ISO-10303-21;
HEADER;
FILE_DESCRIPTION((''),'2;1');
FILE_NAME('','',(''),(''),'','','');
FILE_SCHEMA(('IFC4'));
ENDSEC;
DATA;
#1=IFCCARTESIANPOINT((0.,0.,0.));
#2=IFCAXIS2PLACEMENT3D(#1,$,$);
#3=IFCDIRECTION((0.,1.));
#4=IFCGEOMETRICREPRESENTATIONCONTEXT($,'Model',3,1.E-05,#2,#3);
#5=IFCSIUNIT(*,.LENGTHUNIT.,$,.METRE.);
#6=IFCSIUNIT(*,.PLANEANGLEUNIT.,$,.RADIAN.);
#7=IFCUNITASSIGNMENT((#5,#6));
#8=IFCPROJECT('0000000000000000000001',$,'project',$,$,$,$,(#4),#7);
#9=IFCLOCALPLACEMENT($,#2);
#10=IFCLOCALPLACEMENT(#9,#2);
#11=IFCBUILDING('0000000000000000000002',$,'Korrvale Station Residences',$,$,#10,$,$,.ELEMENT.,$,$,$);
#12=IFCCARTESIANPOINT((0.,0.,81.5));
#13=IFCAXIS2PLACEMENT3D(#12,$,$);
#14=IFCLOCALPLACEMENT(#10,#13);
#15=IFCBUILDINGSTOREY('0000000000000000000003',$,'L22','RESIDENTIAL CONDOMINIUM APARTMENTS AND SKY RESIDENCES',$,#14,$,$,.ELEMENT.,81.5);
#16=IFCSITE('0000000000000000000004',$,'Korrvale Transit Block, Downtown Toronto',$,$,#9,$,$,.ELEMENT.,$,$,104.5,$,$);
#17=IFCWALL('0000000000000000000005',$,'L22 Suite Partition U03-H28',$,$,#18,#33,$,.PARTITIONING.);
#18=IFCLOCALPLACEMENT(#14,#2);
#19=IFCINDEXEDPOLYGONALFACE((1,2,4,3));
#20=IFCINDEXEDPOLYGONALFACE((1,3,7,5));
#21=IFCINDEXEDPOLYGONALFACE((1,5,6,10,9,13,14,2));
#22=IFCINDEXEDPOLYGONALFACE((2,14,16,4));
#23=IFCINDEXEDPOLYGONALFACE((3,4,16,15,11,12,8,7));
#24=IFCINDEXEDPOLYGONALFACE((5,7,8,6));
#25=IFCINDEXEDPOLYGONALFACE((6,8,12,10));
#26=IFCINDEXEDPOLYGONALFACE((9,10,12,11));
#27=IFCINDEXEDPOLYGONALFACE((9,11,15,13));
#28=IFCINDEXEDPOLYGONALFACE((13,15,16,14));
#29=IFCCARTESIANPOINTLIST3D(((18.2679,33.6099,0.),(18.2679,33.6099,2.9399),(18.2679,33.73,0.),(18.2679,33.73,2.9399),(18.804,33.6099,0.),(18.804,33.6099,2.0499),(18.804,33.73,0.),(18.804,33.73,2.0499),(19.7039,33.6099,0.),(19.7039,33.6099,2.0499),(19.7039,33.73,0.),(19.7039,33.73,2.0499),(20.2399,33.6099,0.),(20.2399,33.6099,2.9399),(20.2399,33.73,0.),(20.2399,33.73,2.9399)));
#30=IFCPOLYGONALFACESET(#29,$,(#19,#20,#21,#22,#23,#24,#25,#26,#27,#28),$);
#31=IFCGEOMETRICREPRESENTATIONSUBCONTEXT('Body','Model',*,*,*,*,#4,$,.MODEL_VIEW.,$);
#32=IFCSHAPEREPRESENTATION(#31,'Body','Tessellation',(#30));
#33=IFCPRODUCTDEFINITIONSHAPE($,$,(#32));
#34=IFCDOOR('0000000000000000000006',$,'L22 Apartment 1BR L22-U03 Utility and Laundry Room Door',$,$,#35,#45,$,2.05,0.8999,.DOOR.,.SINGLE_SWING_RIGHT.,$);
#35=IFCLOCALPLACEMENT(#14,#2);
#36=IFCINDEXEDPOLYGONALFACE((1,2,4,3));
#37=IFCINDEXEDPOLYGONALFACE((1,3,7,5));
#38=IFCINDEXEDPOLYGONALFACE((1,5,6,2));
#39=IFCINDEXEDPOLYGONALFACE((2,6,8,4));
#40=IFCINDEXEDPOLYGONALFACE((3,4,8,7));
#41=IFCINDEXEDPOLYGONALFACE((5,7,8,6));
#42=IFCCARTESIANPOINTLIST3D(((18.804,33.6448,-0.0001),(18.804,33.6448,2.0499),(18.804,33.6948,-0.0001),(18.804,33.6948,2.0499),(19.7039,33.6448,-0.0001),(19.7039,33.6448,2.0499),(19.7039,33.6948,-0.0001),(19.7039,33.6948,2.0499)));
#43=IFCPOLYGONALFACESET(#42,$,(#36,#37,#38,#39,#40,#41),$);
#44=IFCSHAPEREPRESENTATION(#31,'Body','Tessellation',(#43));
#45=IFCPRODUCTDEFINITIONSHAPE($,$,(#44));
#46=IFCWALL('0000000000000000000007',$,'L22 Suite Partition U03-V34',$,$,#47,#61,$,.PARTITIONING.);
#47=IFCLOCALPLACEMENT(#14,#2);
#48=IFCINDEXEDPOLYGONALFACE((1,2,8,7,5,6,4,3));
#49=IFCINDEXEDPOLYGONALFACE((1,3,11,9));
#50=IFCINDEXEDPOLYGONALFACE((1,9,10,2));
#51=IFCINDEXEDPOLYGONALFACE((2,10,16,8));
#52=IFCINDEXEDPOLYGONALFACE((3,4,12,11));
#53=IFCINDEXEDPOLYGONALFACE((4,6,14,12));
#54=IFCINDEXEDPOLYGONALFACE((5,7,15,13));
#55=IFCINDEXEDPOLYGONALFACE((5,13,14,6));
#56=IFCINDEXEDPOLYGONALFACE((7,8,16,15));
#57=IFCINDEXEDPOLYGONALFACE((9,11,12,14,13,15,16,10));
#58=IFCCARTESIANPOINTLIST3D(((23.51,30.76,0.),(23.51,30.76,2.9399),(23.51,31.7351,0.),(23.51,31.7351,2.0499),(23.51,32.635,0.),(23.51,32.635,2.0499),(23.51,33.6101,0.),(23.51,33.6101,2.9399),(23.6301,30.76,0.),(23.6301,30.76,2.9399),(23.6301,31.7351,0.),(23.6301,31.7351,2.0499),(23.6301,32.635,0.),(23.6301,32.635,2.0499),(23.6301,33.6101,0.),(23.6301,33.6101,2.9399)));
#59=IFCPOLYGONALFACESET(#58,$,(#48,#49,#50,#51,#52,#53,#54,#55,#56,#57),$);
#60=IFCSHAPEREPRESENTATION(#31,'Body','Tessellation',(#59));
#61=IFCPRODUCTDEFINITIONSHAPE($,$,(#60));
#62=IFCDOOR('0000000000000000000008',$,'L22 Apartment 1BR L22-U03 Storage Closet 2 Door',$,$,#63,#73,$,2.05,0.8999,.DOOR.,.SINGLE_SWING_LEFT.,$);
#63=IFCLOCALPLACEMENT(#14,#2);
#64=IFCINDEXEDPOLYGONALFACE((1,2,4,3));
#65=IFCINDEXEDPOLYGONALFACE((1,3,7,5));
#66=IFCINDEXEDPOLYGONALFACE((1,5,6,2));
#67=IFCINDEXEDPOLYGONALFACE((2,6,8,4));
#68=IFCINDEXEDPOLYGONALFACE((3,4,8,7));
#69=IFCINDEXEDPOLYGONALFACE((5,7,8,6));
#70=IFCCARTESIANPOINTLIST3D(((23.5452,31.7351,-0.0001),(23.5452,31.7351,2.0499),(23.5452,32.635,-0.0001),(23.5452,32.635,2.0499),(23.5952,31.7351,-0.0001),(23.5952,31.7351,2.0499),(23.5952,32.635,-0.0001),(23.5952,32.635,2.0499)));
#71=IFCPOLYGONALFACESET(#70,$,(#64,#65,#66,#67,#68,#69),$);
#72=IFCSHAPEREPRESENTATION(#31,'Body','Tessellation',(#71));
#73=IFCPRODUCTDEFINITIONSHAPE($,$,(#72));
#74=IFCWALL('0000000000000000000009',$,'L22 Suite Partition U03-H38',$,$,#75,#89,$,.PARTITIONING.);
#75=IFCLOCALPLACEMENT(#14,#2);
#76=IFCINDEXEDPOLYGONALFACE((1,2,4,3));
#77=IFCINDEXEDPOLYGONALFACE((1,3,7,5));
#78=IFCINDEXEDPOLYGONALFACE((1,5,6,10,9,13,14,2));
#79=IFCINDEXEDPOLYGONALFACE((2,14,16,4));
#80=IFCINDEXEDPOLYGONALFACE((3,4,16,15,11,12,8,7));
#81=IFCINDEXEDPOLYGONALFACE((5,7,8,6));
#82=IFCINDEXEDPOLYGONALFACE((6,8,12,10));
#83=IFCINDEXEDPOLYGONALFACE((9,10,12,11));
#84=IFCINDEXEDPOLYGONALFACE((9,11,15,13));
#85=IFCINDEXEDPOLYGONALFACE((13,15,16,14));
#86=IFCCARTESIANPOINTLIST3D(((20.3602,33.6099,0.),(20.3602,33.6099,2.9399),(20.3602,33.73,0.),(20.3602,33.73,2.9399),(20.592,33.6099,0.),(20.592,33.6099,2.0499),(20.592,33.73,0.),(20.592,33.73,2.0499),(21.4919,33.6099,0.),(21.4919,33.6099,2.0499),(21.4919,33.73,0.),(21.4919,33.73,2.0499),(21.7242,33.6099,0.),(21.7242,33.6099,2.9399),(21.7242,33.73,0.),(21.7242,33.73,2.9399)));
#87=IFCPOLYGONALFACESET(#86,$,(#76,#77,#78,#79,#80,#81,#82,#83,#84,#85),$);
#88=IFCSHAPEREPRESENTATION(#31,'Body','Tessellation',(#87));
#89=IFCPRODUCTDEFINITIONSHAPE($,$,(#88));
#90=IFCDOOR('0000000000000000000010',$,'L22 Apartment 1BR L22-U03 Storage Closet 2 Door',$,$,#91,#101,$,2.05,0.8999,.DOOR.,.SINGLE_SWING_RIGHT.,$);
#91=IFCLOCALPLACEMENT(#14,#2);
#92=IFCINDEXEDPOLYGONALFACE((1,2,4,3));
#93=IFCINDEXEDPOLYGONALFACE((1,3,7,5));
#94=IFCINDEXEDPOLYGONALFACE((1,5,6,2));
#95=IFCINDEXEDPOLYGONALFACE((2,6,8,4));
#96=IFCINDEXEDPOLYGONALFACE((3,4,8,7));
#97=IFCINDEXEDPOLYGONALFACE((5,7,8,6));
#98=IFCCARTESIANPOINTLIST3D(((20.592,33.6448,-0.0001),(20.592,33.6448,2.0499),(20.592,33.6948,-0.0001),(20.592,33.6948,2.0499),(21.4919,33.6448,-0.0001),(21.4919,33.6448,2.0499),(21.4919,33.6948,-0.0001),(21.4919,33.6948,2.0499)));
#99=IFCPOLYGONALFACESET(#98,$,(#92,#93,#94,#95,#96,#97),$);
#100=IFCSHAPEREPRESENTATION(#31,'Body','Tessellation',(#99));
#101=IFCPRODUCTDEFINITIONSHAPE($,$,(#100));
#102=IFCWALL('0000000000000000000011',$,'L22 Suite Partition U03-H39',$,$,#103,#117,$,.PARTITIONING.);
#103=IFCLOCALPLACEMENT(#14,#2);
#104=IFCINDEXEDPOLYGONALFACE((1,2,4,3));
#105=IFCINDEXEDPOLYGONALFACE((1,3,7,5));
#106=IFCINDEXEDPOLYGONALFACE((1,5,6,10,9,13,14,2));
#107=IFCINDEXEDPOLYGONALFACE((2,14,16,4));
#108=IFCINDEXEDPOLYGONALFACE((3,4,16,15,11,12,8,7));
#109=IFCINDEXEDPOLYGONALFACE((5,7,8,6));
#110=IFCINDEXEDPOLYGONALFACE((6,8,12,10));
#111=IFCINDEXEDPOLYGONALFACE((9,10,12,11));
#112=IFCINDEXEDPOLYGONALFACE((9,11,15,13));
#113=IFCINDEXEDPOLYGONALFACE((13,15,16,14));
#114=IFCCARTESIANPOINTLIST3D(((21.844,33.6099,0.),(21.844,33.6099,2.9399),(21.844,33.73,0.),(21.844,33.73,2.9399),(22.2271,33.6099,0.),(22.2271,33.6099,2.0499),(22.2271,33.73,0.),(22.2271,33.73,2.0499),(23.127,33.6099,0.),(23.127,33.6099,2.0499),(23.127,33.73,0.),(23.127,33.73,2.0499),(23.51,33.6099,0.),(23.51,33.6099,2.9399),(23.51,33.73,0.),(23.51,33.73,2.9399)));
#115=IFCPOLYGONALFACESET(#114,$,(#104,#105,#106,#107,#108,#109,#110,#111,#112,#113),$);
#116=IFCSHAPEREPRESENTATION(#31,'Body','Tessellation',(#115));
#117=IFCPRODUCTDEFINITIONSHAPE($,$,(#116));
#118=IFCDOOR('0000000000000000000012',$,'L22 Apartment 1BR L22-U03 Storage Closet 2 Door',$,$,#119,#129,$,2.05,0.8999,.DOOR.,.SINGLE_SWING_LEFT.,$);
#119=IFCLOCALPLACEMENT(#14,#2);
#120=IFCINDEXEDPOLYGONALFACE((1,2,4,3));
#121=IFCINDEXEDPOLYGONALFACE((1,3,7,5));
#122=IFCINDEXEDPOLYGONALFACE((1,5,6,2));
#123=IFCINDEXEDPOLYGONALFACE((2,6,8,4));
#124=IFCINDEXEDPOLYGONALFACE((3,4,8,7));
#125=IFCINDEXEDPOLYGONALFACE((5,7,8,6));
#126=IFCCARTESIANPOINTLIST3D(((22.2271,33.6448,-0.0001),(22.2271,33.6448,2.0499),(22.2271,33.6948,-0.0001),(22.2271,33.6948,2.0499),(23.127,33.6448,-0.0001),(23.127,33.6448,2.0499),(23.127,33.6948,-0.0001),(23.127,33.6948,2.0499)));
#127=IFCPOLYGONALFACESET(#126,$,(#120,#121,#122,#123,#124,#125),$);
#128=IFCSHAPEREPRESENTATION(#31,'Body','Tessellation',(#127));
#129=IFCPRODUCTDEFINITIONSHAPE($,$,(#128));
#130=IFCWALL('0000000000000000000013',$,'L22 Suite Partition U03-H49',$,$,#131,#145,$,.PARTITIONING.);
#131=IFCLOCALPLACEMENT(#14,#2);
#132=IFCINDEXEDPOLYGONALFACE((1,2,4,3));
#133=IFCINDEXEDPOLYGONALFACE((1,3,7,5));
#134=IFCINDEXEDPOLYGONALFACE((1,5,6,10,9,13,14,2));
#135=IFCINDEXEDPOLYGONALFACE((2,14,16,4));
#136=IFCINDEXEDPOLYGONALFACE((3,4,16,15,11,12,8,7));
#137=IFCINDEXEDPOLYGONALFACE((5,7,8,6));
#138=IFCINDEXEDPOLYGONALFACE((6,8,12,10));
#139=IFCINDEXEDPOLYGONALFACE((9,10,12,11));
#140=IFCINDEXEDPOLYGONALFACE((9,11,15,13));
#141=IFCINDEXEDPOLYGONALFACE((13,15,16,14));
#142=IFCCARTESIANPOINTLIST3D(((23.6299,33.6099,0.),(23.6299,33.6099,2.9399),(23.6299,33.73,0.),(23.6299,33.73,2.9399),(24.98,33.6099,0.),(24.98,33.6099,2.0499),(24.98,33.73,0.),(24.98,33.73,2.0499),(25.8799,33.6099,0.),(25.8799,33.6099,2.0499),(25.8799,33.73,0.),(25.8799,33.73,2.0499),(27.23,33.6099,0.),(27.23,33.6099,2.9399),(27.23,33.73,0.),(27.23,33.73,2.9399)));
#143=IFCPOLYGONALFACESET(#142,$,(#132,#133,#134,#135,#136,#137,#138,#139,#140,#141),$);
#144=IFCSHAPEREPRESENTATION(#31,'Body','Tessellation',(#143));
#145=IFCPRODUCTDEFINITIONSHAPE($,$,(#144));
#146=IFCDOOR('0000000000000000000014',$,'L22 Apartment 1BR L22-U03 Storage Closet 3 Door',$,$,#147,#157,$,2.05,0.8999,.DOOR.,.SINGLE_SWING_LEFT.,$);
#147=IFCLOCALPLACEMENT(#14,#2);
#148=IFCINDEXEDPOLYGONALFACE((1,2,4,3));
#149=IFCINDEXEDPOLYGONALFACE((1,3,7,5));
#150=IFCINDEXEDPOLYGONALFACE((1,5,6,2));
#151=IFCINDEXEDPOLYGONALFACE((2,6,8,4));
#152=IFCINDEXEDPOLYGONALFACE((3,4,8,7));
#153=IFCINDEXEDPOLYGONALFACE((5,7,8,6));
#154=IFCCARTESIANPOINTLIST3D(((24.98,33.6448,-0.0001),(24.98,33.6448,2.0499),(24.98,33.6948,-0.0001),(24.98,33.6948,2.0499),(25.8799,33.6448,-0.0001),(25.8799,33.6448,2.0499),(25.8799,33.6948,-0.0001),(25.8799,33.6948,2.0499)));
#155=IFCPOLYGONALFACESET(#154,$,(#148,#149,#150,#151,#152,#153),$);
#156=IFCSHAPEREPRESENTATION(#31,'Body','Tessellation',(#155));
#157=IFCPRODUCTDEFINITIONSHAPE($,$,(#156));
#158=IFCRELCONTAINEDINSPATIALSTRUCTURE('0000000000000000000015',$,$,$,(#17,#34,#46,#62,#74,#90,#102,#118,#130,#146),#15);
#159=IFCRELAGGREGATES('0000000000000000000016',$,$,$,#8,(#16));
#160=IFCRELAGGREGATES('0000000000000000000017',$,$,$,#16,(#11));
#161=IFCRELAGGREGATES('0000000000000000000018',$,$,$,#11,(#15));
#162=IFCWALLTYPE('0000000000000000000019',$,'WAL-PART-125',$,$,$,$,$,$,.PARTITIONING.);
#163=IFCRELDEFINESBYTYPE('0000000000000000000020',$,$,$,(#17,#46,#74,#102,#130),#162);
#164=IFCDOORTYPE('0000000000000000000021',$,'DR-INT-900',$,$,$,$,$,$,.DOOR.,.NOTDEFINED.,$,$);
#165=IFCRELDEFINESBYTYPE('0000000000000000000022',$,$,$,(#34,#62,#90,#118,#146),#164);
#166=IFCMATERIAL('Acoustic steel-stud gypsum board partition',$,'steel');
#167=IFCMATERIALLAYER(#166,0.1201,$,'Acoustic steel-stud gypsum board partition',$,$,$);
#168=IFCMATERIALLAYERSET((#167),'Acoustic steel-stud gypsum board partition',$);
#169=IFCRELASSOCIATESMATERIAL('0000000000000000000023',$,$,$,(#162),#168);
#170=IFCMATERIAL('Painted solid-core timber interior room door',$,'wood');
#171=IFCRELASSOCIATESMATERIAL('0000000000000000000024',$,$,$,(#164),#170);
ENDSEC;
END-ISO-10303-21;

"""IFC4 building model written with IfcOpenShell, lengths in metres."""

from ifc_helpers import new_model, si_unit, direction, frame, frame_2d, origin, place, context, subcontext, project, spatial, rectangle, extrude, material, layer, layer_set, type_object, element, fill, save


model = new_model("IFC4")

# Units and contexts
model_context = context("Model", 3, precision=1e-05, world=origin(), true_north=direction((0.0, 1.0)))
body_context = subcontext(model_context, "Body", "Model", "MODEL_VIEW")
ifc_project = project(units=[si_unit("LENGTHUNIT", "METRE"), si_unit("PLANEANGLEUNIT", "RADIAN")], contexts=[model_context])

# Site, building, storey
site_placement = place(None, origin())
site = spatial("IfcSite", under=ifc_project, at=site_placement, Name="Korrvale Transit Block, Downtown Toronto", CompositionType="ELEMENT", RefElevation=104.5)
building_placement = place(site_placement, origin())
building = spatial("IfcBuilding", under=site, at=building_placement, Name="Korrvale Station Residences", CompositionType="ELEMENT")
storey_placement = place(building_placement, frame((0.0, 0.0, 81.5)))
storey = spatial("IfcBuildingStorey", under=building, at=storey_placement, Name="L22", Description="RESIDENTIAL CONDOMINIUM APARTMENTS AND SKY RESIDENCES", CompositionType="ELEMENT", Elevation=81.5)

# Walls, openings, doors
ifc_material_1 = material(Name="Acoustic steel-stud gypsum board partition", Category="steel")
ifc_layer = layer(ifc_material_1, 0.1201, Name="Acoustic steel-stud gypsum board partition")
ifc_layer_set = layer_set([ifc_layer], Name="Acoustic steel-stud gypsum board partition")
wall_type = type_object("IfcWallType", Name="WAL-PART-125", PredefinedType="PARTITIONING", material=ifc_layer_set)
ifc_material_2 = material(Name="Painted solid-core timber interior room door", Category="wood")
door_type = type_object("IfcDoorType", Name="DR-INT-900", OperationType="NOTDEFINED", PredefinedType="DOOR", material=ifc_material_2)
wall_1_placement = place(storey_placement, frame((18.2681, 33.6699, 0.0), z_axis=(0.0, 0.0, 1.0), x_axis=(1.0, 0.0, 0.0)))
wall_1 = element("IfcWall", 1, at=wall_1_placement, inside=storey, type_object=wall_type, Name="L22 Suite Partition U03-H28", PredefinedType="PARTITIONING", context=body_context, shape_type="SweptSolid", body=[
    extrude(rectangle(XDim=1.9719, YDim=0.1201, at=frame_2d((0.9858, 0.0))), origin(), (0.0, 0.0, 1.0), 2.9399),
])
opening_1_placement = place(wall_1_placement, frame((0.5359, 0.0, 0.0)))
opening_1 = element("IfcOpeningElement", 2, at=opening_1_placement, cuts=wall_1, PredefinedType="OPENING", context=body_context, shape_type="SweptSolid", body=[
    extrude(rectangle(XDim=0.8999, YDim=2.05, at=frame_2d((0.45, 1.0249))), frame((0.0, 0.0701, 0.0), z_axis=(0.0, -1.0, 0.0), x_axis=(1.0, 0.0, 0.0)), (0.0, 0.0, 1.0), 0.1401),
])
door_1_placement = place(opening_1_placement, origin())
door_1 = element("IfcDoor", 3, at=door_1_placement, inside=storey, type_object=door_type, Name="L22 Apartment 1BR L22-U03 Utility and Laundry Room Door", OperationType="SINGLE_SWING_RIGHT", OverallHeight=2.05, OverallWidth=0.8999, PredefinedType="DOOR", context=body_context, shape_type="SweptSolid", body=[
    extrude(rectangle(XDim=0.8999, YDim=2.05, at=frame_2d((0.45, 1.0249))), frame((0.0, 0.0249, 0.0), z_axis=(0.0, -1.0, 0.0), x_axis=(1.0, 0.0, 0.0)), (0.0, 0.0, 1.0), 0.05),
])
fill(opening_1, door_1)
wall_2_placement = place(storey_placement, frame((23.5701, 30.76, 0.0), z_axis=(0.0, 0.0, 1.0), x_axis=(0.0, 1.0, 0.0)))
wall_2 = element("IfcWall", 4, at=wall_2_placement, inside=storey, type_object=wall_type, Name="L22 Suite Partition U03-V34", PredefinedType="PARTITIONING", context=body_context, shape_type="SweptSolid", body=[
    extrude(rectangle(XDim=2.8501, YDim=0.1201, at=frame_2d((1.425, 0.0))), origin(), (0.0, 0.0, 1.0), 2.9399),
])
opening_2_placement = place(wall_2_placement, frame((0.9751, 0.0, 0.0)))
opening_2 = element("IfcOpeningElement", 5, at=opening_2_placement, cuts=wall_2, PredefinedType="OPENING", context=body_context, shape_type="SweptSolid", body=[
    extrude(rectangle(XDim=0.8999, YDim=2.05, at=frame_2d((0.45, 1.0249))), frame((0.0, 0.0701, 0.0), z_axis=(0.0, -1.0, 0.0), x_axis=(1.0, 0.0, 0.0)), (0.0, 0.0, 1.0), 0.1401),
])
door_2_placement = place(opening_2_placement, origin())
door_2 = element("IfcDoor", 6, at=door_2_placement, inside=storey, type_object=door_type, Name="L22 Apartment 1BR L22-U03 Storage Closet 2 Door", OperationType="SINGLE_SWING_LEFT", OverallHeight=2.05, OverallWidth=0.8999, PredefinedType="DOOR", context=body_context, shape_type="SweptSolid", body=[
    extrude(rectangle(XDim=0.8999, YDim=2.05, at=frame_2d((0.45, 1.0249))), frame((0.0, 0.0249, 0.0), z_axis=(0.0, -1.0, 0.0), x_axis=(1.0, 0.0, 0.0)), (0.0, 0.0, 1.0), 0.05),
])
fill(opening_2, door_2)
wall_3_placement = place(storey_placement, frame((20.3601, 33.6699, 0.0), z_axis=(0.0, 0.0, 1.0), x_axis=(1.0, 0.0, 0.0)))
wall_3 = element("IfcWall", 7, at=wall_3_placement, inside=storey, type_object=wall_type, Name="L22 Suite Partition U03-H38", PredefinedType="PARTITIONING", context=body_context, shape_type="SweptSolid", body=[
    extrude(rectangle(XDim=1.364, YDim=0.1201, at=frame_2d((0.6821, 0.0))), origin(), (0.0, 0.0, 1.0), 2.9399),
])
opening_3_placement = place(wall_3_placement, frame((0.2319, 0.0, 0.0)))
opening_3 = element("IfcOpeningElement", 8, at=opening_3_placement, cuts=wall_3, PredefinedType="OPENING", context=body_context, shape_type="SweptSolid", body=[
    extrude(rectangle(XDim=0.8999, YDim=2.05, at=frame_2d((0.45, 1.0249))), frame((0.0, 0.0701, 0.0), z_axis=(0.0, -1.0, 0.0), x_axis=(1.0, 0.0, 0.0)), (0.0, 0.0, 1.0), 0.1401),
])
door_3_placement = place(opening_3_placement, origin())
door_3 = element("IfcDoor", 9, at=door_3_placement, inside=storey, type_object=door_type, Name="L22 Apartment 1BR L22-U03 Storage Closet 2 Door", OperationType="SINGLE_SWING_RIGHT", OverallHeight=2.05, OverallWidth=0.8999, PredefinedType="DOOR", context=body_context, shape_type="SweptSolid", body=[
    extrude(rectangle(XDim=0.8999, YDim=2.05, at=frame_2d((0.45, 1.0249))), frame((0.0, 0.0249, 0.0), z_axis=(0.0, -1.0, 0.0), x_axis=(1.0, 0.0, 0.0)), (0.0, 0.0, 1.0), 0.05),
])
fill(opening_3, door_3)
wall_4_placement = place(storey_placement, frame((21.844, 33.6699, 0.0), z_axis=(0.0, 0.0, 1.0), x_axis=(1.0, 0.0, 0.0)))
wall_4 = element("IfcWall", 10, at=wall_4_placement, inside=storey, type_object=wall_type, Name="L22 Suite Partition U03-H39", PredefinedType="PARTITIONING", context=body_context, shape_type="SweptSolid", body=[
    extrude(rectangle(XDim=1.666, YDim=0.1201, at=frame_2d((0.833, 0.0))), origin(), (0.0, 0.0, 1.0), 2.9399),
])
opening_4_placement = place(wall_4_placement, frame((0.3831, 0.0, 0.0)))
opening_4 = element("IfcOpeningElement", 11, at=opening_4_placement, cuts=wall_4, PredefinedType="OPENING", context=body_context, shape_type="SweptSolid", body=[
    extrude(rectangle(XDim=0.8999, YDim=2.05, at=frame_2d((0.45, 1.0249))), frame((0.0, 0.0701, 0.0), z_axis=(0.0, -1.0, 0.0), x_axis=(1.0, 0.0, 0.0)), (0.0, 0.0, 1.0), 0.1401),
])
door_4_placement = place(opening_4_placement, origin())
door_4 = element("IfcDoor", 12, at=door_4_placement, inside=storey, type_object=door_type, Name="L22 Apartment 1BR L22-U03 Storage Closet 2 Door", OperationType="SINGLE_SWING_LEFT", OverallHeight=2.05, OverallWidth=0.8999, PredefinedType="DOOR", context=body_context, shape_type="SweptSolid", body=[
    extrude(rectangle(XDim=0.8999, YDim=2.05, at=frame_2d((0.45, 1.0249))), frame((0.0, 0.0249, 0.0), z_axis=(0.0, -1.0, 0.0), x_axis=(1.0, 0.0, 0.0)), (0.0, 0.0, 1.0), 0.05),
])
fill(opening_4, door_4)
wall_5_placement = place(storey_placement, frame((23.6299, 33.6699, 0.0), z_axis=(0.0, 0.0, 1.0), x_axis=(1.0, 0.0, 0.0)))
wall_5 = element("IfcWall", 13, at=wall_5_placement, inside=storey, type_object=wall_type, Name="L22 Suite Partition U03-H49", PredefinedType="PARTITIONING", context=body_context, shape_type="SweptSolid", body=[
    extrude(rectangle(XDim=3.6001, YDim=0.1201, at=frame_2d((1.8, 0.0))), origin(), (0.0, 0.0, 1.0), 2.9399),
])
opening_5_placement = place(wall_5_placement, frame((1.3501, 0.0, 0.0)))
opening_5 = element("IfcOpeningElement", 14, at=opening_5_placement, cuts=wall_5, PredefinedType="OPENING", context=body_context, shape_type="SweptSolid", body=[
    extrude(rectangle(XDim=0.8999, YDim=2.05, at=frame_2d((0.45, 1.0249))), frame((0.0, 0.0701, 0.0), z_axis=(0.0, -1.0, 0.0), x_axis=(1.0, 0.0, 0.0)), (0.0, 0.0, 1.0), 0.1401),
])
door_5_placement = place(opening_5_placement, origin())
door_5 = element("IfcDoor", 15, at=door_5_placement, inside=storey, type_object=door_type, Name="L22 Apartment 1BR L22-U03 Storage Closet 3 Door", OperationType="SINGLE_SWING_LEFT", OverallHeight=2.05, OverallWidth=0.8999, PredefinedType="DOOR", context=body_context, shape_type="SweptSolid", body=[
    extrude(rectangle(XDim=0.8999, YDim=2.05, at=frame_2d((0.45, 1.0249))), frame((0.0, 0.0249, 0.0), z_axis=(0.0, -1.0, 0.0), x_axis=(1.0, 0.0, 0.0)), (0.0, 0.0, 1.0), 0.05),
])
fill(opening_5, door_5)

save(model, "model.ifc")
